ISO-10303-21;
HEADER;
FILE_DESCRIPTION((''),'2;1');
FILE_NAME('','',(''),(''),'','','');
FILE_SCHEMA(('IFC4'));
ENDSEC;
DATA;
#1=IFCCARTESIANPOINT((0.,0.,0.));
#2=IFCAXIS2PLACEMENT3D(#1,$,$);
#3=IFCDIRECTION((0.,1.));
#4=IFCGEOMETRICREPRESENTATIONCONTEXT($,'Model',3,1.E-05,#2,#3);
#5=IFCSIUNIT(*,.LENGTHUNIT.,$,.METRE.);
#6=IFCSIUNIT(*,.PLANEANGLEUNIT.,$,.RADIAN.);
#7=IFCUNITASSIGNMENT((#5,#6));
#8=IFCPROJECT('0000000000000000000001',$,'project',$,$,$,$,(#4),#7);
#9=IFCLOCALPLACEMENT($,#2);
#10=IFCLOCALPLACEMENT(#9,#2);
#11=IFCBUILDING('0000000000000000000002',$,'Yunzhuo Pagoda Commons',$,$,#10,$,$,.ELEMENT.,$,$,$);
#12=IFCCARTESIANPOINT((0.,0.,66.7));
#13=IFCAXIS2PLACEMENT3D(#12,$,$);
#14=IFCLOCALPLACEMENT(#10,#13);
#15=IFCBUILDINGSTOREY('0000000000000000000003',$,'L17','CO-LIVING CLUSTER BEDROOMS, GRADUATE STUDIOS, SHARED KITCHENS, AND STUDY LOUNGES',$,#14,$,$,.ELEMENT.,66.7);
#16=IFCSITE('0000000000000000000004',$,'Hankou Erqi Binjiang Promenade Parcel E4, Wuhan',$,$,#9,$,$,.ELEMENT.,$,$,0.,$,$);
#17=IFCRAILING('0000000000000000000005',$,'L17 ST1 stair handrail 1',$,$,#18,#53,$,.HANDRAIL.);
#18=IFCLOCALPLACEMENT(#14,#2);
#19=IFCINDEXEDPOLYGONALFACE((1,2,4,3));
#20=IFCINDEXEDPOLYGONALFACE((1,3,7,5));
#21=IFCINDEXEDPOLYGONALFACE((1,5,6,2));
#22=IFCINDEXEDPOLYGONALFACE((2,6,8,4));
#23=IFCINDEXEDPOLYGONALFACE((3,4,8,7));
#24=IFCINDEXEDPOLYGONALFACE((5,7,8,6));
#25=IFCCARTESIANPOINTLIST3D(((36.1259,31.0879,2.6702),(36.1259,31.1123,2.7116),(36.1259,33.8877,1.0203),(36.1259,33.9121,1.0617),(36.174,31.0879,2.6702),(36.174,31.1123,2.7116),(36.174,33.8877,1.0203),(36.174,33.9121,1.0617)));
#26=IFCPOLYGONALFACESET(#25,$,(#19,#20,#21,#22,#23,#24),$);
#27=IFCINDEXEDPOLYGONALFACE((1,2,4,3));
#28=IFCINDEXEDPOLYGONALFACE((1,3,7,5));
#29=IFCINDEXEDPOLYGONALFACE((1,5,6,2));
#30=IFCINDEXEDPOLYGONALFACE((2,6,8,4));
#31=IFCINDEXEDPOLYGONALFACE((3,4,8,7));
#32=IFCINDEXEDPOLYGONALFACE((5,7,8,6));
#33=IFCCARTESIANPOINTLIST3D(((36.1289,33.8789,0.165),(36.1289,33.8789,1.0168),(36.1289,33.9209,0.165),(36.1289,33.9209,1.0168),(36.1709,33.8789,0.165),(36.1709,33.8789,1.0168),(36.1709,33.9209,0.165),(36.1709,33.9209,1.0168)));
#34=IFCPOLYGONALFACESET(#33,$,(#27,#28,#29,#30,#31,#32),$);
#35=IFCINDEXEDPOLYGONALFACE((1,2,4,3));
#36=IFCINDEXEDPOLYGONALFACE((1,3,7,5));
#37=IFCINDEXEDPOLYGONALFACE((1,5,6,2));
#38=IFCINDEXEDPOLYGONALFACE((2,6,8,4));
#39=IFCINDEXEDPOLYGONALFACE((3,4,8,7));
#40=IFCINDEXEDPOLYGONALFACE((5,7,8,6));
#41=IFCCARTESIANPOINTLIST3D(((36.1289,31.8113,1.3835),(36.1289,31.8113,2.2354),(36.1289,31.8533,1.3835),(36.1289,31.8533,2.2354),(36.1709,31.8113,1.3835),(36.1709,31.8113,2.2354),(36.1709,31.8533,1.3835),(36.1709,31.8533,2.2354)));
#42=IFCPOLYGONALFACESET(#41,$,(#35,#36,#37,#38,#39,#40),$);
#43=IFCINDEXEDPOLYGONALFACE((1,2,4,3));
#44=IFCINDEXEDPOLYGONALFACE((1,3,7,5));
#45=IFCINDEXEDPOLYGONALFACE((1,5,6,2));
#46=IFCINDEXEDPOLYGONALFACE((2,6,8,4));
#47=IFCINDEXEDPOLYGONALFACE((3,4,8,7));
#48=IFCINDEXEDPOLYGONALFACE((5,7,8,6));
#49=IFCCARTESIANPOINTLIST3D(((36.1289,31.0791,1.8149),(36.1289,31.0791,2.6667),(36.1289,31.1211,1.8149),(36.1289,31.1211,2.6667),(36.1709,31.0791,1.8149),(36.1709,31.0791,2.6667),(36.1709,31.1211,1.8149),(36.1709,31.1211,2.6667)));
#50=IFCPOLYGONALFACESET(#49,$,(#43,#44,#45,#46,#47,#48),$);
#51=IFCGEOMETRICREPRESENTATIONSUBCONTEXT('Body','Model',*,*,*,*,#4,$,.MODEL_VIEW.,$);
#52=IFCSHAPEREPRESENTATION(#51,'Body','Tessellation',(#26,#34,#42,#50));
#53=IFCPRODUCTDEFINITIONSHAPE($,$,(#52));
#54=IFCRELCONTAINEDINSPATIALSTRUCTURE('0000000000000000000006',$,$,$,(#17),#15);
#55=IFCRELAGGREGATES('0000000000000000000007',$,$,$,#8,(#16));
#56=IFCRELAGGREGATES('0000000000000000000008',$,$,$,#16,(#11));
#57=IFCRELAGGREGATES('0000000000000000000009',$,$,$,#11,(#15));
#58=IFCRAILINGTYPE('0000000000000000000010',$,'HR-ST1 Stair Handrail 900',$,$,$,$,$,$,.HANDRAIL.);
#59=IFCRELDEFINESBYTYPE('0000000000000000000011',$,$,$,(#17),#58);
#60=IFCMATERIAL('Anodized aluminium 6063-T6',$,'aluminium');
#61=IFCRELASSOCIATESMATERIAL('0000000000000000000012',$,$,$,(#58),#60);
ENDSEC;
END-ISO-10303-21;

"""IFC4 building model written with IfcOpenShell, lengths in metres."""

from ifc_helpers import new_model, si_unit, direction, frame, origin, origin_2d, place, context, subcontext, project, spatial, rectangle, extrude, material, type_object, element, save


model = new_model("IFC4")

# Units and contexts
model_context = context("Model", 3, precision=1e-05, world=origin(), true_north=direction((0.0, 1.0)))
body_context = subcontext(model_context, "Body", "Model", "MODEL_VIEW")
ifc_project = project(units=[si_unit("LENGTHUNIT", "METRE"), si_unit("PLANEANGLEUNIT", "RADIAN")], contexts=[model_context])

# Site, building, storey
site_placement = place(None, origin())
site = spatial("IfcSite", under=ifc_project, at=site_placement, Name="Hankou Erqi Binjiang Promenade Parcel E4, Wuhan", CompositionType="ELEMENT", RefElevation=0.0)
building_placement = place(site_placement, origin())
building = spatial("IfcBuilding", under=site, at=building_placement, Name="Yunzhuo Pagoda Commons", CompositionType="ELEMENT")
storey_placement = place(building_placement, frame((0.0, 0.0, 66.7)))
storey = spatial("IfcBuildingStorey", under=building, at=storey_placement, Name="L17", Description="CO-LIVING CLUSTER BEDROOMS, GRADUATE STUDIOS, SHARED KITCHENS, AND STUDY LOUNGES", CompositionType="ELEMENT", Elevation=66.7)

# Railing
ifc_material_1 = material(Name="Anodized aluminium 6063-T6", Category="aluminium")
railing_type_1 = type_object("IfcRailingType", Name="HR-ST1 Stair Handrail 900", PredefinedType="HANDRAIL", material=ifc_material_1)
railing_1_placement = place(storey_placement, frame((36.1499, 33.8999, 0.165)))
element("IfcRailing", 1, at=railing_1_placement, inside=storey, type_object=railing_type_1, Name="L17 ST1 stair handrail 1", PredefinedType="HANDRAIL", context=body_context, shape_type="SweptSolid", body=[
    extrude(rectangle(XDim=0.0481, YDim=0.0481, at=origin_2d()), frame((0.0, 0.0, 0.876), z_axis=(0.0, -0.861536, 0.507696), x_axis=(1.0, 0.0, 0.0)), (0.0, 0.0, 1.0), 3.2498),
    extrude(rectangle(XDim=0.042, YDim=0.042, at=origin_2d()), origin(), (0.0, 0.0, 1.0), 0.8518),
    extrude(rectangle(XDim=0.042, YDim=0.042, at=origin_2d()), frame((0.0, -2.0676, 1.2185)), (0.0, 0.0, 1.0), 0.8518),
    extrude(rectangle(XDim=0.042, YDim=0.042, at=origin_2d()), frame((0.0, -2.7998, 1.6499)), (0.0, 0.0, 1.0), 0.8518),
])

save(model, "model.ifc")
